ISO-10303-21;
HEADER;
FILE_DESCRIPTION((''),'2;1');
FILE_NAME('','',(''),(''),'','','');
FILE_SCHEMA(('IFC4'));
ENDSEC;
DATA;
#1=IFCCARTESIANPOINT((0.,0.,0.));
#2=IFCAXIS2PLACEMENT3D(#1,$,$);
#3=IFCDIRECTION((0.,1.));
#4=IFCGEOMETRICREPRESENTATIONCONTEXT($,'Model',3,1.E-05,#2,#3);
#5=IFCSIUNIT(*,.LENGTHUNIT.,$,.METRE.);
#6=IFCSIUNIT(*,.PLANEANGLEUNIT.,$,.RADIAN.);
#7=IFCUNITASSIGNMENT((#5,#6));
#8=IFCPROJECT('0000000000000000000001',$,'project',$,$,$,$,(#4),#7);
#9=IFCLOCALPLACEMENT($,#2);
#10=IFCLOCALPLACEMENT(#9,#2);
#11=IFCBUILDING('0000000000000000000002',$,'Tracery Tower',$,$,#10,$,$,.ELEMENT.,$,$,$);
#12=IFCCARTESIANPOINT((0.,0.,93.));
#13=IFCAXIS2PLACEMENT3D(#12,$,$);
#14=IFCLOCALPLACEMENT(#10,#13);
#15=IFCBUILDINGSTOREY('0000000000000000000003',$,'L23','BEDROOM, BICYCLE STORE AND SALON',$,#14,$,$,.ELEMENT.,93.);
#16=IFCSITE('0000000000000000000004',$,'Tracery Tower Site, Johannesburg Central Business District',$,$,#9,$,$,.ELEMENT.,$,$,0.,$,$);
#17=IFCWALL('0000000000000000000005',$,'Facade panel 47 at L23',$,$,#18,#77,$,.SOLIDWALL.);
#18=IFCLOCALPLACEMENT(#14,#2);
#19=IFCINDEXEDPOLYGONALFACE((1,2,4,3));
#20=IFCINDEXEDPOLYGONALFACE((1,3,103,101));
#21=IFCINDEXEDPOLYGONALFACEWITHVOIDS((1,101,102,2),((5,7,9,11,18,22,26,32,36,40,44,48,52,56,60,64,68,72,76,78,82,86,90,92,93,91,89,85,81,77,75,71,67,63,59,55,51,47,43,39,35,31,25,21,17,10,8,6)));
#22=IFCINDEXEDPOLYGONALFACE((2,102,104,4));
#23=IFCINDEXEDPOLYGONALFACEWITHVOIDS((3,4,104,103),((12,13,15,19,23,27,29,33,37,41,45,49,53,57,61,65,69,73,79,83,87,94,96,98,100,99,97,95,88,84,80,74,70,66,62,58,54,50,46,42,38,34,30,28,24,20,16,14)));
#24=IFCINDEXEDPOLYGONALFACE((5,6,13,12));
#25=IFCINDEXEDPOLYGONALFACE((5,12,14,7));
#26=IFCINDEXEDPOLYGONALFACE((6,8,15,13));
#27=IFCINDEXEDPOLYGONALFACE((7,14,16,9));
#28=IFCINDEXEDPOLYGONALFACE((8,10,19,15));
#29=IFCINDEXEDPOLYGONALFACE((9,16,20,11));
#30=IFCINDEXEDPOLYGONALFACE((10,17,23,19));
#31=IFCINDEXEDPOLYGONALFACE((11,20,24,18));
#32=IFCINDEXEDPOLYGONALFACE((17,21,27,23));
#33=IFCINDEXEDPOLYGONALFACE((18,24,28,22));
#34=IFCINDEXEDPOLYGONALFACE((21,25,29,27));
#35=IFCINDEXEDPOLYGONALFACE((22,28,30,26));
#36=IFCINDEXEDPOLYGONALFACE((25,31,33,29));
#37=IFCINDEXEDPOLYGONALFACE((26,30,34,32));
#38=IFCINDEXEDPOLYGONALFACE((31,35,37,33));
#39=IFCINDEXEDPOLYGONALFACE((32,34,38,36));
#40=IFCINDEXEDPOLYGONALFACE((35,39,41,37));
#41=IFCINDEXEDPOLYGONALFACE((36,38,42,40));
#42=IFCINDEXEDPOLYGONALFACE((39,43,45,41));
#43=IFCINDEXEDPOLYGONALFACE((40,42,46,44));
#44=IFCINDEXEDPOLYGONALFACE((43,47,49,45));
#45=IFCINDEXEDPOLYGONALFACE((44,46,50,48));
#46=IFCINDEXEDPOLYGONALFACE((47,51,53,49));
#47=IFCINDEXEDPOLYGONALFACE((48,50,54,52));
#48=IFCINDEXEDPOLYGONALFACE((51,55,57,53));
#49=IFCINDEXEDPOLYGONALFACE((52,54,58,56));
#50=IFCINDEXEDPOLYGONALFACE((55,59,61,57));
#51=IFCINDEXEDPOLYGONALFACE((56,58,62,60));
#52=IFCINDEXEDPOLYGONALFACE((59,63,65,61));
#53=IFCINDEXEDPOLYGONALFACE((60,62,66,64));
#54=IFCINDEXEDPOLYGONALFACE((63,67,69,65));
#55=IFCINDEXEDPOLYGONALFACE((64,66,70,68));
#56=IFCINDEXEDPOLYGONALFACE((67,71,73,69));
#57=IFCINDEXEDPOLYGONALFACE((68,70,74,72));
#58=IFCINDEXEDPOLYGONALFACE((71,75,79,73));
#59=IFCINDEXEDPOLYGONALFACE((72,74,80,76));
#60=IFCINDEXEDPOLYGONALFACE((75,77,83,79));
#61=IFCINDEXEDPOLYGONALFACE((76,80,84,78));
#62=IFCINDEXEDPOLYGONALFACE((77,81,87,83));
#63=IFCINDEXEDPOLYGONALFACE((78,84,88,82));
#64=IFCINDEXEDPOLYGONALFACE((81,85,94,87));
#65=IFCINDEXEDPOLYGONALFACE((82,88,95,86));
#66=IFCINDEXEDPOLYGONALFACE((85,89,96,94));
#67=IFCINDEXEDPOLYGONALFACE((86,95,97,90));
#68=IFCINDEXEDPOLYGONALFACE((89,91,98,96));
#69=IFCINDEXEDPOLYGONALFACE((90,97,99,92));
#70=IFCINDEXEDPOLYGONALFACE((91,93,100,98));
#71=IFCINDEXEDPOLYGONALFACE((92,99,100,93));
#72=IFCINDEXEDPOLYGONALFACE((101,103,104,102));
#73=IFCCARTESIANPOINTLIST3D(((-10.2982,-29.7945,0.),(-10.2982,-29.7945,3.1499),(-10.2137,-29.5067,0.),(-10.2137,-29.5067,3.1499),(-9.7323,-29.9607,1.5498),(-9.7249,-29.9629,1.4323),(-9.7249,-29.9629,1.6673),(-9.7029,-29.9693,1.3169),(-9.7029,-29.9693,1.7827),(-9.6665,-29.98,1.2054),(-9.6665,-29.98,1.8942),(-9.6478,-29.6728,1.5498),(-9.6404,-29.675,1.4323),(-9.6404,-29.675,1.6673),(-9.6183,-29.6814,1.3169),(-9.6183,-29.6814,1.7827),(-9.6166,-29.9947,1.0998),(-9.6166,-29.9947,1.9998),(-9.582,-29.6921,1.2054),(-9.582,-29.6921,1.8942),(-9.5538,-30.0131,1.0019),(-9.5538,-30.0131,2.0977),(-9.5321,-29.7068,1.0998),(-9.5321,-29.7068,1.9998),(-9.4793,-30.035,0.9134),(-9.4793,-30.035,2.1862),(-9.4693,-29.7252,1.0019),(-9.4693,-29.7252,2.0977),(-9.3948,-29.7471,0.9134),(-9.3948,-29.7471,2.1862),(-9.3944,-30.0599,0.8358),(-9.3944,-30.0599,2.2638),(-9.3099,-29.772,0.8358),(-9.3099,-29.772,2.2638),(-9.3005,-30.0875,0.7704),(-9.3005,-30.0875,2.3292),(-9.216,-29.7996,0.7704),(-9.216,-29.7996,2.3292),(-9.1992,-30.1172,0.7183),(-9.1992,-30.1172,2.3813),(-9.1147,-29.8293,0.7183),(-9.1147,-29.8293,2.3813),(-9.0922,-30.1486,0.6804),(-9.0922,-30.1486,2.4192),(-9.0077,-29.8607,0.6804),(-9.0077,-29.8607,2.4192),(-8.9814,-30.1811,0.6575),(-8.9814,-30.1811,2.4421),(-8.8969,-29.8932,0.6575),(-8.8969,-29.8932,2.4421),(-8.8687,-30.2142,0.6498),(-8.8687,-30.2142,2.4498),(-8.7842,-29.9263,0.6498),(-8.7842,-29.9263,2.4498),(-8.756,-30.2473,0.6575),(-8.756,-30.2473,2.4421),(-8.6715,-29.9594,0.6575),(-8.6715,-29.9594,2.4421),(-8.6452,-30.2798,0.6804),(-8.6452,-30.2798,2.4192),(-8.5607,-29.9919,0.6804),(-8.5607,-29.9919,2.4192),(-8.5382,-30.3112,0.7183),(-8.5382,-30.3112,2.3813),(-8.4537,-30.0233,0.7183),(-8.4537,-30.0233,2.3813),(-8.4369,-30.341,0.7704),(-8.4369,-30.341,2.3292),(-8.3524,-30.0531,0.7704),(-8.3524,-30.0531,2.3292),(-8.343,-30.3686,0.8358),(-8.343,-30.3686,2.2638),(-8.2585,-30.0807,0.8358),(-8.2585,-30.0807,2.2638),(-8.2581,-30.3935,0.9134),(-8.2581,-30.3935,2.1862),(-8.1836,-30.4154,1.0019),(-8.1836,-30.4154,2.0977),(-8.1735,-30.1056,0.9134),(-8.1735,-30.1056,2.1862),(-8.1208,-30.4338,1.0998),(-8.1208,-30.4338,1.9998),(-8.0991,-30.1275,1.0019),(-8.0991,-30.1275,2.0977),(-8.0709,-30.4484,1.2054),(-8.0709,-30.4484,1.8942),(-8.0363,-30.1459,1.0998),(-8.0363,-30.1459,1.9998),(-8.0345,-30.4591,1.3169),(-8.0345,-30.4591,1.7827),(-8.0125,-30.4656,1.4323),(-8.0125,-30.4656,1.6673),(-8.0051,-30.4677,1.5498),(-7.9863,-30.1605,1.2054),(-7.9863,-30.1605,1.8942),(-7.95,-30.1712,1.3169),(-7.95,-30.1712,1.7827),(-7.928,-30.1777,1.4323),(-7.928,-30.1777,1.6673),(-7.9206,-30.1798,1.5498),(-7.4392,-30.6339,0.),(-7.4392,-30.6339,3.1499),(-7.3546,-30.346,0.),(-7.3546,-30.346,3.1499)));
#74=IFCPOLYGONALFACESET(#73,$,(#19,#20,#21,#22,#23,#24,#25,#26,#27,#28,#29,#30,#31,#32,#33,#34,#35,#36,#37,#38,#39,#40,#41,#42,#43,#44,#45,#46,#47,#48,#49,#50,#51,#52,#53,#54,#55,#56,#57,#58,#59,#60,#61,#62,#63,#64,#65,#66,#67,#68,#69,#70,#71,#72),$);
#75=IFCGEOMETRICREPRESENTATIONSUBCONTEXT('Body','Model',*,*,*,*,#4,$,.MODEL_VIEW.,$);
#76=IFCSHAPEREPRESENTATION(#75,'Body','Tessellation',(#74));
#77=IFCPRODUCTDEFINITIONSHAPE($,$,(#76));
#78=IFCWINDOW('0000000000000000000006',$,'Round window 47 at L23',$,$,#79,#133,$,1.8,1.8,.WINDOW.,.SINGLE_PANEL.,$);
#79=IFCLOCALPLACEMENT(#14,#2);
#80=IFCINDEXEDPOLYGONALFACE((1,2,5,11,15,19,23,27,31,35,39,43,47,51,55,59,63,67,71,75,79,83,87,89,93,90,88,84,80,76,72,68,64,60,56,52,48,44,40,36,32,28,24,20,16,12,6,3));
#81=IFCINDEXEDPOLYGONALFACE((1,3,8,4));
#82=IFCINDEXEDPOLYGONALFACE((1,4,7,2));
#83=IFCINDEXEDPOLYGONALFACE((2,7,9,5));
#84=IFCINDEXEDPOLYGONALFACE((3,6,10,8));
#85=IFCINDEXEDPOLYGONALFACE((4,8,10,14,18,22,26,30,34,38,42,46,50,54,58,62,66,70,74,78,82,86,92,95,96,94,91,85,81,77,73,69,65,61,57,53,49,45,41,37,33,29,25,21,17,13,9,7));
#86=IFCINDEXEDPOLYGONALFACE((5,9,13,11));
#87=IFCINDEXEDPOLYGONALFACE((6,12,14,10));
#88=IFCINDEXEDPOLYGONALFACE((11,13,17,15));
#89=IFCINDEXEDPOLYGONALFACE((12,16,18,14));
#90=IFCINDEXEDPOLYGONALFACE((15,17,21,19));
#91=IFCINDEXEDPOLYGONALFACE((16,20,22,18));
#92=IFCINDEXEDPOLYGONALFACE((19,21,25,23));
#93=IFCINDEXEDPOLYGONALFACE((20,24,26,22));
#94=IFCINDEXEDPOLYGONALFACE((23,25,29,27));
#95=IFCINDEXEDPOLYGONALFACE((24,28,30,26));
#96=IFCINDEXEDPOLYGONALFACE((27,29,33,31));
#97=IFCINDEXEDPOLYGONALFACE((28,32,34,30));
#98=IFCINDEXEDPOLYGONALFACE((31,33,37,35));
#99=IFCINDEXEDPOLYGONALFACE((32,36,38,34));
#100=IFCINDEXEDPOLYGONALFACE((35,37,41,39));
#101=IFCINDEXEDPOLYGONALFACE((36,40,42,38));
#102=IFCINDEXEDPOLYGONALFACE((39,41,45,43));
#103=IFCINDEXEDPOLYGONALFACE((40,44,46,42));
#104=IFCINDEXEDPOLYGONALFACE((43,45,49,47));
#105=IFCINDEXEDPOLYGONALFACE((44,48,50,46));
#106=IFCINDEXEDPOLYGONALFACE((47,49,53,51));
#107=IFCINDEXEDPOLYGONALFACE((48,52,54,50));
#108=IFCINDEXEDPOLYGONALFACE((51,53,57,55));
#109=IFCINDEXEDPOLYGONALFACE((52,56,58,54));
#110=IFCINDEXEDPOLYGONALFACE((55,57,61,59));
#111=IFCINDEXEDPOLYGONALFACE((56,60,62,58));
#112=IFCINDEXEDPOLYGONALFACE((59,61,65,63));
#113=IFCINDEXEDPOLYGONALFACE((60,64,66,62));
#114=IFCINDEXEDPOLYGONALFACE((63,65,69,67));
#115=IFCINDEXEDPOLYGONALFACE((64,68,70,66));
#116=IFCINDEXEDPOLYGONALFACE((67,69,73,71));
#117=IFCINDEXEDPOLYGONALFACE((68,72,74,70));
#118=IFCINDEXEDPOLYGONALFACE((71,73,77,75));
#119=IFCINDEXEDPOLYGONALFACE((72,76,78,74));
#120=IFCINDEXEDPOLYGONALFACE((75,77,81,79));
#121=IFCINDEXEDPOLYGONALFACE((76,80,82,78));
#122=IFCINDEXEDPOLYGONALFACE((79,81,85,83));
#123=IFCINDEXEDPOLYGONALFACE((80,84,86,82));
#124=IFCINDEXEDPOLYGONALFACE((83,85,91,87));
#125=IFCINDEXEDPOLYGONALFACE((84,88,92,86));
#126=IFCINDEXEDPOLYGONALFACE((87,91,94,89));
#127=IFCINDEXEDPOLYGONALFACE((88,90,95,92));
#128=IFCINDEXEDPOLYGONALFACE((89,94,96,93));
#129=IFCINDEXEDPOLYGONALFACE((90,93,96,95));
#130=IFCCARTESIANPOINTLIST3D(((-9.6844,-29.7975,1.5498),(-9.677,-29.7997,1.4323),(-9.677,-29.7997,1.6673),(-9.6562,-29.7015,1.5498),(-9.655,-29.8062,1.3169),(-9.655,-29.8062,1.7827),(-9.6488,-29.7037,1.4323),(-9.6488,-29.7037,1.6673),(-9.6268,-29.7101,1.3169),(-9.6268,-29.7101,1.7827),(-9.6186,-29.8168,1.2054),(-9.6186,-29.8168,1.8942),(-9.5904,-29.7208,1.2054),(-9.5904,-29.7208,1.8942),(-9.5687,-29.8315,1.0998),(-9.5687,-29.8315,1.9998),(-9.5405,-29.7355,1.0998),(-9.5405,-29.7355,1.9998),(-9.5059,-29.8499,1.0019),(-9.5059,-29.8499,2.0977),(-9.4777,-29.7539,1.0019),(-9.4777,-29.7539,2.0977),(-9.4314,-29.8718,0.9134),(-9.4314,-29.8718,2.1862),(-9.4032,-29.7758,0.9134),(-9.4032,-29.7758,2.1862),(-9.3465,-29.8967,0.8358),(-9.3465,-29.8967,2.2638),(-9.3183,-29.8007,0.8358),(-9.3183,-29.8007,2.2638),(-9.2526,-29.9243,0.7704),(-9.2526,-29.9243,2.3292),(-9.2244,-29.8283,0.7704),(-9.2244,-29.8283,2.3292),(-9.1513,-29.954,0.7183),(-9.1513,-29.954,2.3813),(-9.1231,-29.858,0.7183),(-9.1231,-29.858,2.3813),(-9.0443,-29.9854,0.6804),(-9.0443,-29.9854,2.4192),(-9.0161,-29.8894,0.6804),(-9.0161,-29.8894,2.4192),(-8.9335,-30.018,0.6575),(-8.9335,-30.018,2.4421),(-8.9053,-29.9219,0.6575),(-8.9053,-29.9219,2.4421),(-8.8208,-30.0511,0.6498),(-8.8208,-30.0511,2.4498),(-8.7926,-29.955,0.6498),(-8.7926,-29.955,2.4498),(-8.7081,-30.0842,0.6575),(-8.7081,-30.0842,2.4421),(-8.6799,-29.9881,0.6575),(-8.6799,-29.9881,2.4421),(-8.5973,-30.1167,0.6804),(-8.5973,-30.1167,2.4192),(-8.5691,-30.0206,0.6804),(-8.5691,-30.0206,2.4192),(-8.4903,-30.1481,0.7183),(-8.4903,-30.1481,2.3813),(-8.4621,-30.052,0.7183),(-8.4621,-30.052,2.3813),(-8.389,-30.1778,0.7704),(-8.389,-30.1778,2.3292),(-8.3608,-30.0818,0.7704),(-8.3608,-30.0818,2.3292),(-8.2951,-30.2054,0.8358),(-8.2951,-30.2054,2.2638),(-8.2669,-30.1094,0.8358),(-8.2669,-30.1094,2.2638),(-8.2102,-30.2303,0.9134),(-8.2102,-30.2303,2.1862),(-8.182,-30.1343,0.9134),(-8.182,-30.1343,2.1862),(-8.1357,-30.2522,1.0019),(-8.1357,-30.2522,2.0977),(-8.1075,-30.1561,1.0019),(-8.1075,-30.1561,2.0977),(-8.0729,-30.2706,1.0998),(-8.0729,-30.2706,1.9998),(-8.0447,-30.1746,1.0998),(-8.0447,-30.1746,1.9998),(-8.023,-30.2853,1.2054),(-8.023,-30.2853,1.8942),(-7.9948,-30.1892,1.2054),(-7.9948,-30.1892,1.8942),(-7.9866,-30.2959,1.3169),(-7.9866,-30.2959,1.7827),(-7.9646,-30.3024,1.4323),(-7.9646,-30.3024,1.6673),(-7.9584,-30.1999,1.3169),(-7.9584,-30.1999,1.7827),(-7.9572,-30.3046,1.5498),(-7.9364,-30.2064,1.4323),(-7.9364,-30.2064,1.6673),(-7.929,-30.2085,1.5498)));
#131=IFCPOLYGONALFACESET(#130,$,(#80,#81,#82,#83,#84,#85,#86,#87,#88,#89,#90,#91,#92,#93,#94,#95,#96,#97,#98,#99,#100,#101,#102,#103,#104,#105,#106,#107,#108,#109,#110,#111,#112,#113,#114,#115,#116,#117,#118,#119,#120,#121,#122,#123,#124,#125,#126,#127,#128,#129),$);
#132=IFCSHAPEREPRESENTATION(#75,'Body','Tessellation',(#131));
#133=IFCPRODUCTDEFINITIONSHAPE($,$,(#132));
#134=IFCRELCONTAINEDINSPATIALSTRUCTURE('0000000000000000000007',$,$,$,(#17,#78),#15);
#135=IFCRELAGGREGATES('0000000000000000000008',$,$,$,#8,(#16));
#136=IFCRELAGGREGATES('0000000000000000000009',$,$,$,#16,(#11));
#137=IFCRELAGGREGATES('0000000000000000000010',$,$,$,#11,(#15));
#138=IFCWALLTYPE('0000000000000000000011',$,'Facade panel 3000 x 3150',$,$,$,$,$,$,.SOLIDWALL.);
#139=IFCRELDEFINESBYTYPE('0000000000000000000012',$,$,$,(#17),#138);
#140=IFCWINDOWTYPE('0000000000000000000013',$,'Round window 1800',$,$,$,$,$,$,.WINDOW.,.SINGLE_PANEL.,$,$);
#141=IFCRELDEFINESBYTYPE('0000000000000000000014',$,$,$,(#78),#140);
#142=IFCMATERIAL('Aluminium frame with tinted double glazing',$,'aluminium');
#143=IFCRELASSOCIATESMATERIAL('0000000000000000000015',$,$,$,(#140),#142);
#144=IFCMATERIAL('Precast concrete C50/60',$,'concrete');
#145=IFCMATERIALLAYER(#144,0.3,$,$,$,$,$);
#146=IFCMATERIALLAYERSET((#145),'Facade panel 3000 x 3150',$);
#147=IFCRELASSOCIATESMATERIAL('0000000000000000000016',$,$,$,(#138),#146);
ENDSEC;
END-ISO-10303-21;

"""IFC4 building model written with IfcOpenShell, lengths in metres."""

from ifc_helpers import new_model, si_unit, direction, frame, frame_2d, origin, origin_2d, place, context, subcontext, project, spatial, rectangle, circle, extrude, material, layer, layer_set, type_object, element, fill, save


model = new_model("IFC4")

# Units and contexts
model_context = context("Model", 3, precision=1e-05, world=origin(), true_north=direction((0.0, 1.0)))
body_context = subcontext(model_context, "Body", "Model", "MODEL_VIEW")
ifc_project = project(units=[si_unit("LENGTHUNIT", "METRE"), si_unit("PLANEANGLEUNIT", "RADIAN")], contexts=[model_context])

# Site, building, storey
site_placement = place(None, origin())
site = spatial("IfcSite", under=ifc_project, at=site_placement, Name="Tracery Tower Site, Johannesburg Central Business District", CompositionType="ELEMENT", RefElevation=0.0)
building_placement = place(site_placement, origin())
building = spatial("IfcBuilding", under=site, at=building_placement, Name="Tracery Tower", CompositionType="ELEMENT")
storey_placement = place(building_placement, frame((0.0, 0.0, 93.0)))
storey = spatial("IfcBuildingStorey", under=building, at=storey_placement, Name="L23", Description="BEDROOM, BICYCLE STORE AND SALON", CompositionType="ELEMENT", Elevation=93.0)

# Wall, opening, window
ifc_material_1 = material(Name="Aluminium frame with tinted double glazing", Category="aluminium")
window_type = type_object("IfcWindowType", Name="Round window 1800", PartitioningType="SINGLE_PANEL", PredefinedType="WINDOW", material=ifc_material_1)
ifc_material_2 = material(Name="Precast concrete C50/60", Category="concrete")
ifc_layer_1 = layer(ifc_material_2, 0.3)
ifc_layer_set_1 = layer_set([ifc_layer_1], Name="Facade panel 3000 x 3150")
wall_type_1 = type_object("IfcWallType", Name="Facade panel 3000 x 3150", PredefinedType="SOLIDWALL", material=ifc_layer_set_1)
wall_1_placement = place(storey_placement, frame((-10.2559, -29.6506, 0.0), z_axis=(0.0, 0.0, 1.0), x_axis=(0.959508, -0.281683, 0.0)))
wall_1 = element("IfcWall", 1, at=wall_1_placement, inside=storey, type_object=wall_type_1, Name="Facade panel 47 at L23", PredefinedType="SOLIDWALL", context=body_context, shape_type="SweptSolid", body=[
    extrude(rectangle(XDim=2.9797, YDim=0.3, at=frame_2d((1.4897, 0.0))), origin(), (0.0, 0.0, 1.0), 3.1499),
])
opening_1_placement = place(wall_1_placement, frame((1.4897, 0.0, 1.5498)))
opening_1 = element("IfcOpeningElement", 2, at=opening_1_placement, cuts=wall_1, PredefinedType="OPENING", context=body_context, shape_type="SweptSolid", body=[
    extrude(circle(Radius=0.9, at=origin_2d()), frame((0.0, 0.1599, 0.0), z_axis=(0.0, -1.0, 0.0), x_axis=(1.0, 0.0, 0.0)), (0.0, 0.0, 1.0), 0.3201),
])
window_1_placement = place(opening_1_placement, origin())
window_1 = element("IfcWindow", 3, at=window_1_placement, inside=storey, type_object=window_type, Name="Round window 47 at L23", OverallHeight=1.8, OverallWidth=1.8, PartitioningType="SINGLE_PANEL", PredefinedType="WINDOW", context=body_context, shape_type="SweptSolid", body=[
    extrude(circle(Radius=0.9, at=origin_2d()), frame((0.0, 0.1201, 0.0), z_axis=(0.0, -1.0, 0.0), x_axis=(1.0, 0.0, 0.0)), (0.0, 0.0, 1.0), 0.1001),
])
fill(opening_1, window_1)

save(model, "model.ifc")
